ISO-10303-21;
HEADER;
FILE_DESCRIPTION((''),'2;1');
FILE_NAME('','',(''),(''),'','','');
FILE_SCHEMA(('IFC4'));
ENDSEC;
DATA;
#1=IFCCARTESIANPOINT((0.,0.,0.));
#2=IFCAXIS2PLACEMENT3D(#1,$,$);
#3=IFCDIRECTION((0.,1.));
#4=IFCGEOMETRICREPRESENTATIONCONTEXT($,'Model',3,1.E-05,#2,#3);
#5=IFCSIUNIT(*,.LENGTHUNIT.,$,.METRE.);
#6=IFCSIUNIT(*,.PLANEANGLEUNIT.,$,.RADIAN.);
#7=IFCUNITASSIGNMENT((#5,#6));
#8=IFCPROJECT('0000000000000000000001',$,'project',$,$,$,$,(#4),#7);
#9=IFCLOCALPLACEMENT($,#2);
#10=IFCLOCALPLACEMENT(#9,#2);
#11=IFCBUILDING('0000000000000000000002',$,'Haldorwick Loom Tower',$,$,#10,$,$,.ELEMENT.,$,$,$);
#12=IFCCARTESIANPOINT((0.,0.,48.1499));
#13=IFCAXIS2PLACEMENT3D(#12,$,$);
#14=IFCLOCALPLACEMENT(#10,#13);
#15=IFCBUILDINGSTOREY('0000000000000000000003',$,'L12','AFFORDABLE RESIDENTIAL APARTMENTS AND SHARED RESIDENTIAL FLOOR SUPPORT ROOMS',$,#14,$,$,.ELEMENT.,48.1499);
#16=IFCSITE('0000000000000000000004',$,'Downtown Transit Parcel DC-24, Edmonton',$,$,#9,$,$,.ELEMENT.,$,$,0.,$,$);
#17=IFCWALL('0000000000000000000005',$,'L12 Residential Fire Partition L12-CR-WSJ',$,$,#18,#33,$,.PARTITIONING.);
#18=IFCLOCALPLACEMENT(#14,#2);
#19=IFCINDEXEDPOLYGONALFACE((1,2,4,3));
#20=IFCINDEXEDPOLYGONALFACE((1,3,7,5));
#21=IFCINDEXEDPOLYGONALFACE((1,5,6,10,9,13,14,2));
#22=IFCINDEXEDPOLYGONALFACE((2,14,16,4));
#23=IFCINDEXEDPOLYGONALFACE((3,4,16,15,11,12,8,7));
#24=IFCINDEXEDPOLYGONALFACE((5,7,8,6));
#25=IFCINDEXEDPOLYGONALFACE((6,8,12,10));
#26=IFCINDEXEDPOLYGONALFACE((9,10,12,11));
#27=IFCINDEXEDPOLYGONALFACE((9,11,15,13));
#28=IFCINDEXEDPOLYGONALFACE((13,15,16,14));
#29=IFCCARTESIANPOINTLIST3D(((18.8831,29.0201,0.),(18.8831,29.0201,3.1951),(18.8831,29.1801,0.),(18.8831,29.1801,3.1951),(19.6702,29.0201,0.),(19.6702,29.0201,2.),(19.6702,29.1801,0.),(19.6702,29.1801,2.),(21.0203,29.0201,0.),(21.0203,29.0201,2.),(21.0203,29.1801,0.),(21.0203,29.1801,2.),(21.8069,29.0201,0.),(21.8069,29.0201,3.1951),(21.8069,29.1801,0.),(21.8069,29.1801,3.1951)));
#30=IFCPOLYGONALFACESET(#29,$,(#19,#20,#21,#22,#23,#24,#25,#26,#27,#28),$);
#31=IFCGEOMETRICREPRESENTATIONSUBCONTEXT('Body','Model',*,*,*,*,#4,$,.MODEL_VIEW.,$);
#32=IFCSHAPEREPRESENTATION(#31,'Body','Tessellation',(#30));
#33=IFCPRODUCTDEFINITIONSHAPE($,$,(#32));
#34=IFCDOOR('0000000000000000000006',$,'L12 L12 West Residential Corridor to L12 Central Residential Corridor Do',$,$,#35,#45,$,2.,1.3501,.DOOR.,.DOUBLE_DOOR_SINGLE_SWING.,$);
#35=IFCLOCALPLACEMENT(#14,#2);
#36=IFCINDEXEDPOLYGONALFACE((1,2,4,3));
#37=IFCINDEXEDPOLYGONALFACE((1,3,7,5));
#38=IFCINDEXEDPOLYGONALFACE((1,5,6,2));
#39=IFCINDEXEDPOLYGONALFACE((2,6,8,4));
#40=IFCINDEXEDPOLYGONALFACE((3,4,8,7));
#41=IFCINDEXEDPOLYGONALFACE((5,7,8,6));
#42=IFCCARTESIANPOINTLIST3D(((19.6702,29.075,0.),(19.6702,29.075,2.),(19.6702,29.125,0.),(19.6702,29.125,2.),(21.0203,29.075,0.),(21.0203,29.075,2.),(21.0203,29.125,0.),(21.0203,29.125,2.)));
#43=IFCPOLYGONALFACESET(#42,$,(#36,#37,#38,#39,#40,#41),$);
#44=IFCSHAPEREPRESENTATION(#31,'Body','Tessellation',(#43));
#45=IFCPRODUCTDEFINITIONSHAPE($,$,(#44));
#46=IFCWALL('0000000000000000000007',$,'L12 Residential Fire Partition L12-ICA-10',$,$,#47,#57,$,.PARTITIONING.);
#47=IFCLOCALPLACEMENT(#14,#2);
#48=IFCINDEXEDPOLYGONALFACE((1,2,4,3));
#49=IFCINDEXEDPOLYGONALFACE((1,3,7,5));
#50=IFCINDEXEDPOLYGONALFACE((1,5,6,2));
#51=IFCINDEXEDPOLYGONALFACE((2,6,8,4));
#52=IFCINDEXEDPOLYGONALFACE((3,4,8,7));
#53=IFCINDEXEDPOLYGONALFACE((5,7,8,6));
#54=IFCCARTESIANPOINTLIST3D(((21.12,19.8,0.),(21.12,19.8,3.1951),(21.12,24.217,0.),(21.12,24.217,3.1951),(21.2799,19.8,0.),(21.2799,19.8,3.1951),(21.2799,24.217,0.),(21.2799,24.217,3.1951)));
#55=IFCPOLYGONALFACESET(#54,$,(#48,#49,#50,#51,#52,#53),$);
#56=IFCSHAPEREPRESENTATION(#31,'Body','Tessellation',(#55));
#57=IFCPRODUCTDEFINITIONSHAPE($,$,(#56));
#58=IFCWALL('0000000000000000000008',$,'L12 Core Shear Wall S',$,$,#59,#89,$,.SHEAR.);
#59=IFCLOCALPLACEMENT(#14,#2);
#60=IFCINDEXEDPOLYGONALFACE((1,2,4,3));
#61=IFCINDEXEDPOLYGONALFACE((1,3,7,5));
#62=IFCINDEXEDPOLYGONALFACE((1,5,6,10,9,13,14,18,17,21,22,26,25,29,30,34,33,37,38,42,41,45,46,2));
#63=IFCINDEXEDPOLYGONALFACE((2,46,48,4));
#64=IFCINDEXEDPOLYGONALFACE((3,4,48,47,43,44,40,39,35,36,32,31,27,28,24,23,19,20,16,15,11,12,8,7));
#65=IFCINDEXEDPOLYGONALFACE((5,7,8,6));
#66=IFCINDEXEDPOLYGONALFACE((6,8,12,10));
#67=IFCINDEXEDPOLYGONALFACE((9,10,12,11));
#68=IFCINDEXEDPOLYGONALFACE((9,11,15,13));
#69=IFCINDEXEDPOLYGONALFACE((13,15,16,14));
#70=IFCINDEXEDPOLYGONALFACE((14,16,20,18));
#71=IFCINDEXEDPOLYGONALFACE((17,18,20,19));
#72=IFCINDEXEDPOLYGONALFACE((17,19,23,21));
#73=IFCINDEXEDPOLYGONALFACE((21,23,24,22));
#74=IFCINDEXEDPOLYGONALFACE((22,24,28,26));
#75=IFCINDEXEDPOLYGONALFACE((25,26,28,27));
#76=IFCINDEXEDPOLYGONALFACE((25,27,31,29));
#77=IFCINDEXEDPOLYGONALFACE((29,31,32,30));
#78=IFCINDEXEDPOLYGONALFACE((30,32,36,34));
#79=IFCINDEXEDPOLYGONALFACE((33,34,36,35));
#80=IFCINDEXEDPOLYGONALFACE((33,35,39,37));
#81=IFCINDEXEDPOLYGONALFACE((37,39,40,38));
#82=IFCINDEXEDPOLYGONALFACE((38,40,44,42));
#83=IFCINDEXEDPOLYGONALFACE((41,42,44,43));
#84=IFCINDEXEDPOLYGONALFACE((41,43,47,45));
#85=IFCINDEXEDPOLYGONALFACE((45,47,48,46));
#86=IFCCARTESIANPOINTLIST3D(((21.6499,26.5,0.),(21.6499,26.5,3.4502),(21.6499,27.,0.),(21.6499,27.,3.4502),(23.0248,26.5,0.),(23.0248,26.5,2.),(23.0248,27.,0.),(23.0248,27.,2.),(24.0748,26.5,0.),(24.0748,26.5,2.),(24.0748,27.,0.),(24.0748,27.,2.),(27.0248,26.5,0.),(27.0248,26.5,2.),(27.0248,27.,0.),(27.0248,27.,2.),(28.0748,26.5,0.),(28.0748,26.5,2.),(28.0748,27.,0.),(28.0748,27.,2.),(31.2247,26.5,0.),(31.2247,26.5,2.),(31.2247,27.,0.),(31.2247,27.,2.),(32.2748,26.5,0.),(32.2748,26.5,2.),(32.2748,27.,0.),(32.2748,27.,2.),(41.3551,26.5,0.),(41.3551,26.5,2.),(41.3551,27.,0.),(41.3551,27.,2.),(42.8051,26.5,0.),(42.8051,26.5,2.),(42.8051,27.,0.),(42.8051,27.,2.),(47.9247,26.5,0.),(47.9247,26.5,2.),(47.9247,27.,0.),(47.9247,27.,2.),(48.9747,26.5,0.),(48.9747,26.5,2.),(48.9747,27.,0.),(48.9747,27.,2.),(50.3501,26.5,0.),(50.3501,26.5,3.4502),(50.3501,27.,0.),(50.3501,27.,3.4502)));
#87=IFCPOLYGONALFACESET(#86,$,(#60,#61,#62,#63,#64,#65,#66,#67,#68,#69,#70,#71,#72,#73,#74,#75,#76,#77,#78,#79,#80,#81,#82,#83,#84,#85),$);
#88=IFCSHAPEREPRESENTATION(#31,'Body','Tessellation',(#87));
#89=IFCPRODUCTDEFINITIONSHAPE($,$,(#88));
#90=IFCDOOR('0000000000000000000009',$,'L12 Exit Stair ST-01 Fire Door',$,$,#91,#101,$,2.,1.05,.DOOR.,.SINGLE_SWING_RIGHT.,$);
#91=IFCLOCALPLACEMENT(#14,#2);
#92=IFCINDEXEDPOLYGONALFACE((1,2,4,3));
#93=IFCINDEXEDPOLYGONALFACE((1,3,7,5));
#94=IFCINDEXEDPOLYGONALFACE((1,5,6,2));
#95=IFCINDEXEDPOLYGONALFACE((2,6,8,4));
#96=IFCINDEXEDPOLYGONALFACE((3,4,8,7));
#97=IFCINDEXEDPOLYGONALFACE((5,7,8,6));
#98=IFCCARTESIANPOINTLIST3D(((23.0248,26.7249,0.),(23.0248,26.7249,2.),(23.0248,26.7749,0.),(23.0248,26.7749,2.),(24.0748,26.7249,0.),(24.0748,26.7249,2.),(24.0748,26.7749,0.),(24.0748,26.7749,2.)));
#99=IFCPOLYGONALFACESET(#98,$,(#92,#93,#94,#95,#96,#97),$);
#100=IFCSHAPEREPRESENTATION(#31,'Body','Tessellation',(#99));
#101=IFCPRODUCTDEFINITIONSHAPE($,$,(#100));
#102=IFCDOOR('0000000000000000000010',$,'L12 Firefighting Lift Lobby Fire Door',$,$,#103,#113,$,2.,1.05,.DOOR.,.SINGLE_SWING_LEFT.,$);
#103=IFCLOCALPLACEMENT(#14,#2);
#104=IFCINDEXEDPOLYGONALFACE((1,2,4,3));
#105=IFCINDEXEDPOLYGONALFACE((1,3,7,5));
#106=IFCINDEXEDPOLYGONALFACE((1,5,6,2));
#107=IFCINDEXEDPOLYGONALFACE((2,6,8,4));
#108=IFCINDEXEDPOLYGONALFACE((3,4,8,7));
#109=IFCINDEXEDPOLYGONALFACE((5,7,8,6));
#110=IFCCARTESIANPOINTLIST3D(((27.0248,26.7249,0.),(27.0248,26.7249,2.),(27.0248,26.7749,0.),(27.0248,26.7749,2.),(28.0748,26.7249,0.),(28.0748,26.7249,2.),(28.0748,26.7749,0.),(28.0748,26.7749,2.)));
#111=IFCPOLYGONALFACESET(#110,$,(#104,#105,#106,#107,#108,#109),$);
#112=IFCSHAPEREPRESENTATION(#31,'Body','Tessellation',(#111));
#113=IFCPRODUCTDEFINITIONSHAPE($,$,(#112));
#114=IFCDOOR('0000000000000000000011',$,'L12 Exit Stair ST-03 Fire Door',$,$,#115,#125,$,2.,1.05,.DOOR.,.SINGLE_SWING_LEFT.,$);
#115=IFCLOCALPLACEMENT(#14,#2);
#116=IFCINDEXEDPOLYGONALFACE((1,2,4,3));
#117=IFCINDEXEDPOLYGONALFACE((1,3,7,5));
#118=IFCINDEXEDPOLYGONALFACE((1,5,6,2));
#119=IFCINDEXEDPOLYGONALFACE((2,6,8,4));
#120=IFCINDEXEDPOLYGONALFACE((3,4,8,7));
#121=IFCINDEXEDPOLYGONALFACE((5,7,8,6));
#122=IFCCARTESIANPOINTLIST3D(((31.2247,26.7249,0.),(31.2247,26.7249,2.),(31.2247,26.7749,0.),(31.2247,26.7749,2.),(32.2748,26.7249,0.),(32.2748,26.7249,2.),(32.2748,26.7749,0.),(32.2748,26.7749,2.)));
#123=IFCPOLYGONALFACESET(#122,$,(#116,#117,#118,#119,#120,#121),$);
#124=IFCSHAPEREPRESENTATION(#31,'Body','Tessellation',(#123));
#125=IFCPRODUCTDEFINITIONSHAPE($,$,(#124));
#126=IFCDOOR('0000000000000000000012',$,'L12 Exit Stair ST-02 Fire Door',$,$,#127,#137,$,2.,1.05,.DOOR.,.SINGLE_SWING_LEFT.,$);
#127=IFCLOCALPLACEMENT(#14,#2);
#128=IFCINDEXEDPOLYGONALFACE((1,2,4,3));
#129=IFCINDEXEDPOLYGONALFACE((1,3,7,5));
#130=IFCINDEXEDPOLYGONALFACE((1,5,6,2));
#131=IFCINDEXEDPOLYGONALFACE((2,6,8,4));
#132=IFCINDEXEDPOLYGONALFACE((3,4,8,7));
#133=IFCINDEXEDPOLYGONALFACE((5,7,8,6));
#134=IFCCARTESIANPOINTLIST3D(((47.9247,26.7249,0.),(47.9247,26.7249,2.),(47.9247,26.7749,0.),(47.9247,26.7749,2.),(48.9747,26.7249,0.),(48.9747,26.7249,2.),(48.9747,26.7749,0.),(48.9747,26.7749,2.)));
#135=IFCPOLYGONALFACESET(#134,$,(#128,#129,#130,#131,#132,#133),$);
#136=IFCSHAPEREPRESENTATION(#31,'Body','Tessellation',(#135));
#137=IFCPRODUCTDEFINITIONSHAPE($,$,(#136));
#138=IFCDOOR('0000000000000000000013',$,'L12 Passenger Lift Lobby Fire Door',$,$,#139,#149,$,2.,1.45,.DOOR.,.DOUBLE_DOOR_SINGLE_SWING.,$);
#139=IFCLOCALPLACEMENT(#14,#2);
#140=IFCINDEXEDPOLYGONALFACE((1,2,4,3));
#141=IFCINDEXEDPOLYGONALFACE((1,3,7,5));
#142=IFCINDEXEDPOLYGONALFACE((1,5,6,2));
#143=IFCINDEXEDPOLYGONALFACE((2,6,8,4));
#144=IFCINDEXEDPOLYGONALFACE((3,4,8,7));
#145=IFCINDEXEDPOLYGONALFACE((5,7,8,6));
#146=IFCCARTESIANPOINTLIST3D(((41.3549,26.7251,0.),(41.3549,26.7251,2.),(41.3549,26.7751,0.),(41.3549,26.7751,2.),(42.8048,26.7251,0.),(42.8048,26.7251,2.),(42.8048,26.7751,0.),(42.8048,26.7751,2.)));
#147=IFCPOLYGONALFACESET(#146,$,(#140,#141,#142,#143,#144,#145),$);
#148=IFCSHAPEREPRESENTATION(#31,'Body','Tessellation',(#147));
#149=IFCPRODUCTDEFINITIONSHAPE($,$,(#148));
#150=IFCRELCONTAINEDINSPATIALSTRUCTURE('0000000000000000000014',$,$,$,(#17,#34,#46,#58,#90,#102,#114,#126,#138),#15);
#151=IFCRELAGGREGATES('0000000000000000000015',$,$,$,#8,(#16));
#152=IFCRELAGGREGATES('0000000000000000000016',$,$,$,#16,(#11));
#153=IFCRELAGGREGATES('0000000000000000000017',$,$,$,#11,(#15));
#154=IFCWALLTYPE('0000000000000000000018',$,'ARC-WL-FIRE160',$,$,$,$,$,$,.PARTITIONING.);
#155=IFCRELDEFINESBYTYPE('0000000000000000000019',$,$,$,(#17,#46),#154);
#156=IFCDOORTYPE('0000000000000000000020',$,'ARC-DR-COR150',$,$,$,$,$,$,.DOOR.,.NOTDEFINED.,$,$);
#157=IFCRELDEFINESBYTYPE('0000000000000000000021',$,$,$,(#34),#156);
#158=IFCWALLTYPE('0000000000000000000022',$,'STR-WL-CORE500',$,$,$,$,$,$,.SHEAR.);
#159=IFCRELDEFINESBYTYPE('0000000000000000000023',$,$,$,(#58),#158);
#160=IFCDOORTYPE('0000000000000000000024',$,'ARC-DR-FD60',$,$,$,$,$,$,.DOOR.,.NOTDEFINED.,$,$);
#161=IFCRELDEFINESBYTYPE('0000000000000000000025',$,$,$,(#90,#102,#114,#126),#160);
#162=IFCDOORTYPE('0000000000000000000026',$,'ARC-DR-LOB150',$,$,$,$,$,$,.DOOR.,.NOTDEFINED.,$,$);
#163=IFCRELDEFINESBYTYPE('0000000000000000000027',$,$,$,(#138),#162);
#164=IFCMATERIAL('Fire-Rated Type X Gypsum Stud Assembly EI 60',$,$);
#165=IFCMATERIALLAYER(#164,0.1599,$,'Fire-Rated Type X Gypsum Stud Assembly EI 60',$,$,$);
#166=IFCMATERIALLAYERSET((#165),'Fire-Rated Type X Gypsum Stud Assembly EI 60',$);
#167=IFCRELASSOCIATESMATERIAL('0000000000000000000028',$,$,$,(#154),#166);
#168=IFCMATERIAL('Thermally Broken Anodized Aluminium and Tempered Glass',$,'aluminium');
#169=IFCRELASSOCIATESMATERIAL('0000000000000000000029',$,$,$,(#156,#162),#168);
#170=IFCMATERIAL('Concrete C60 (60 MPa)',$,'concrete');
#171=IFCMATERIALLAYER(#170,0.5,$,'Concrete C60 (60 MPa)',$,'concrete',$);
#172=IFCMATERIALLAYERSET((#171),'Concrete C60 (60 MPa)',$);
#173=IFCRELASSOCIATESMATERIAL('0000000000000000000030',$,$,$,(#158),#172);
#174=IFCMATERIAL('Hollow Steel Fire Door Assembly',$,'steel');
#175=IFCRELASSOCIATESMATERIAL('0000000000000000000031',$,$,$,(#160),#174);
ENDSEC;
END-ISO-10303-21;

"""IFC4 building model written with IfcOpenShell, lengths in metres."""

from ifc_helpers import new_model, si_unit, direction, frame, frame_2d, origin, place, context, subcontext, project, spatial, rectangle, extrude, material, layer, layer_set, type_object, element, fill, save


model = new_model("IFC4")

# Units and contexts
model_context = context("Model", 3, precision=1e-05, world=origin(), true_north=direction((0.0, 1.0)))
body_context = subcontext(model_context, "Body", "Model", "MODEL_VIEW")
ifc_project = project(units=[si_unit("LENGTHUNIT", "METRE"), si_unit("PLANEANGLEUNIT", "RADIAN")], contexts=[model_context])

# Site, building, storey
site_placement = place(None, origin())
site = spatial("IfcSite", under=ifc_project, at=site_placement, Name="Downtown Transit Parcel DC-24, Edmonton", CompositionType="ELEMENT", RefElevation=0.0)
building_placement = place(site_placement, origin())
building = spatial("IfcBuilding", under=site, at=building_placement, Name="Haldorwick Loom Tower", CompositionType="ELEMENT")
storey_placement = place(building_placement, frame((0.0, 0.0, 48.1499)))
storey = spatial("IfcBuildingStorey", under=building, at=storey_placement, Name="L12", Description="AFFORDABLE RESIDENTIAL APARTMENTS AND SHARED RESIDENTIAL FLOOR SUPPORT ROOMS", CompositionType="ELEMENT", Elevation=48.1499)

# Shared definitions
ifc_material_1 = material(Name="Concrete C60 (60 MPa)", Category="concrete")

# Wall, opening, door
ifc_material_2 = material(Name="Fire-Rated Type X Gypsum Stud Assembly EI 60")
ifc_layer_1 = layer(ifc_material_2, 0.1599, Name="Fire-Rated Type X Gypsum Stud Assembly EI 60")
ifc_layer_set_1 = layer_set([ifc_layer_1], Name="Fire-Rated Type X Gypsum Stud Assembly EI 60")
wall_type_1 = type_object("IfcWallType", Name="ARC-WL-FIRE160", PredefinedType="PARTITIONING", material=ifc_layer_set_1)
wall_1_placement = place(storey_placement, frame((18.8831, 29.1001, 0.0), z_axis=(0.0, 0.0, 1.0), x_axis=(1.0, 0.0, 0.0)))
wall_1 = element("IfcWall", 1, at=wall_1_placement, inside=storey, type_object=wall_type_1, Name="L12 Residential Fire Partition L12-CR-WSJ", PredefinedType="PARTITIONING", context=body_context, shape_type="SweptSolid", body=[
    extrude(rectangle(XDim=2.9238, YDim=0.1599, at=frame_2d((1.4619, 0.0))), origin(), (0.0, 0.0, 1.0), 3.1951),
])
opening_1_placement = place(wall_1_placement, frame((0.7871, 0.0, 0.0)))
opening_1 = element("IfcOpeningElement", 2, at=opening_1_placement, cuts=wall_1, PredefinedType="OPENING", context=body_context, shape_type="SweptSolid", body=[
    extrude(rectangle(XDim=1.3501, YDim=2.0, at=frame_2d((0.675, 1.0))), frame((0.0, 0.0898, 0.0), z_axis=(0.0, -1.0, 0.0), x_axis=(1.0, 0.0, 0.0)), (0.0, 0.0, 1.0), 0.1799),
])
ifc_material_3 = material(Name="Thermally Broken Anodized Aluminium and Tempered Glass", Category="aluminium")
door_type_1 = type_object("IfcDoorType", Name="ARC-DR-COR150", OperationType="NOTDEFINED", PredefinedType="DOOR", material=ifc_material_3)
door_1_placement = place(opening_1_placement, origin())
door_1 = element("IfcDoor", 3, at=door_1_placement, inside=storey, type_object=door_type_1, Name="L12 L12 West Residential Corridor to L12 Central Residential Corridor Do", OperationType="DOUBLE_DOOR_SINGLE_SWING", OverallHeight=2.0, OverallWidth=1.3501, PredefinedType="DOOR", context=body_context, shape_type="SweptSolid", body=[
    extrude(rectangle(XDim=1.3501, YDim=2.0, at=frame_2d((0.675, 1.0))), frame((0.0, 0.0249, 0.0), z_axis=(0.0, -1.0, 0.0), x_axis=(1.0, 0.0, 0.0)), (0.0, 0.0, 1.0), 0.05),
])
fill(opening_1, door_1)

# Wall
wall_2_placement = place(storey_placement, frame((21.2, 24.217, 0.0), z_axis=(0.0, 0.0, 1.0), x_axis=(0.0, -1.0, 0.0)))
element("IfcWall", 4, at=wall_2_placement, inside=storey, type_object=wall_type_1, Name="L12 Residential Fire Partition L12-ICA-10", PredefinedType="PARTITIONING", context=body_context, shape_type="SweptSolid", body=[
    extrude(rectangle(XDim=4.417, YDim=0.1599, at=frame_2d((2.2085, 0.0))), origin(), (0.0, 0.0, 1.0), 3.1951),
])

# Wall, openings, doors
ifc_layer_2 = layer(ifc_material_1, 0.5, Name="Concrete C60 (60 MPa)", Category="concrete")
ifc_layer_set_2 = layer_set([ifc_layer_2], Name="Concrete C60 (60 MPa)")
wall_type_2 = type_object("IfcWallType", Name="STR-WL-CORE500", PredefinedType="SHEAR", material=ifc_layer_set_2)
wall_3_placement = place(storey_placement, frame((21.6499, 26.75, 0.0), z_axis=(0.0, 0.0, 1.0), x_axis=(1.0, 0.0, 0.0)))
wall_3 = element("IfcWall", 5, at=wall_3_placement, inside=storey, type_object=wall_type_2, Name="L12 Core Shear Wall S", PredefinedType="SHEAR", context=body_context, shape_type="SweptSolid", body=[
    extrude(rectangle(XDim=28.7002, YDim=0.5, at=frame_2d((14.3501, 0.0))), origin(), (0.0, 0.0, 1.0), 3.4502),
])
opening_2_placement = place(wall_3_placement, frame((1.375, 0.0, 0.0)))
opening_2 = element("IfcOpeningElement", 6, at=opening_2_placement, cuts=wall_3, PredefinedType="OPENING", context=body_context, shape_type="SweptSolid", body=[
    extrude(rectangle(XDim=1.05, YDim=2.0, at=frame_2d((0.5249, 1.0))), frame((0.0, 0.26, 0.0), z_axis=(0.0, -1.0, 0.0), x_axis=(1.0, 0.0, 0.0)), (0.0, 0.0, 1.0), 0.52),
])
opening_3_placement = place(wall_3_placement, frame((5.375, 0.0, 0.0)))
opening_3 = element("IfcOpeningElement", 7, at=opening_3_placement, cuts=wall_3, PredefinedType="OPENING", context=body_context, shape_type="SweptSolid", body=[
    extrude(rectangle(XDim=1.05, YDim=2.0, at=frame_2d((0.5249, 1.0))), frame((0.0, 0.26, 0.0), z_axis=(0.0, -1.0, 0.0), x_axis=(1.0, 0.0, 0.0)), (0.0, 0.0, 1.0), 0.52),
])
opening_4_placement = place(wall_3_placement, frame((9.575, 0.0, 0.0)))
opening_4 = element("IfcOpeningElement", 8, at=opening_4_placement, cuts=wall_3, PredefinedType="OPENING", context=body_context, shape_type="SweptSolid", body=[
    extrude(rectangle(XDim=1.05, YDim=2.0, at=frame_2d((0.5249, 1.0))), frame((0.0, 0.26, 0.0), z_axis=(0.0, -1.0, 0.0), x_axis=(1.0, 0.0, 0.0)), (0.0, 0.0, 1.0), 0.52),
])
opening_5_placement = place(wall_3_placement, frame((19.7051, 0.0, 0.0)))
opening_5 = element("IfcOpeningElement", 9, at=opening_5_placement, cuts=wall_3, PredefinedType="OPENING", context=body_context, shape_type="SweptSolid", body=[
    extrude(rectangle(XDim=1.45, YDim=2.0, at=frame_2d((0.7251, 1.0))), frame((0.0, 0.26, 0.0), z_axis=(0.0, -1.0, 0.0), x_axis=(1.0, 0.0, 0.0)), (0.0, 0.0, 1.0), 0.52),
])
opening_6_placement = place(wall_3_placement, frame((26.2749, 0.0, 0.0)))
opening_6 = element("IfcOpeningElement", 10, at=opening_6_placement, cuts=wall_3, PredefinedType="OPENING", context=body_context, shape_type="SweptSolid", body=[
    extrude(rectangle(XDim=1.05, YDim=2.0, at=frame_2d((0.5249, 1.0))), frame((0.0, 0.26, 0.0), z_axis=(0.0, -1.0, 0.0), x_axis=(1.0, 0.0, 0.0)), (0.0, 0.0, 1.0), 0.52),
])
ifc_material_4 = material(Name="Hollow Steel Fire Door Assembly", Category="steel")
door_type_2 = type_object("IfcDoorType", Name="ARC-DR-FD60", OperationType="NOTDEFINED", PredefinedType="DOOR", material=ifc_material_4)
door_2_placement = place(opening_2_placement, origin())
door_2 = element("IfcDoor", 11, at=door_2_placement, inside=storey, type_object=door_type_2, Name="L12 Exit Stair ST-01 Fire Door", OperationType="SINGLE_SWING_RIGHT", OverallHeight=2.0, OverallWidth=1.05, PredefinedType="DOOR", context=body_context, shape_type="SweptSolid", body=[
    extrude(rectangle(XDim=1.05, YDim=2.0, at=frame_2d((0.5249, 1.0))), frame((0.0, 0.0249, 0.0), z_axis=(0.0, -1.0, 0.0), x_axis=(1.0, 0.0, 0.0)), (0.0, 0.0, 1.0), 0.05),
])
fill(opening_2, door_2)
door_3_placement = place(opening_3_placement, origin())
door_3 = element("IfcDoor", 12, at=door_3_placement, inside=storey, type_object=door_type_2, Name="L12 Firefighting Lift Lobby Fire Door", OperationType="SINGLE_SWING_LEFT", OverallHeight=2.0, OverallWidth=1.05, PredefinedType="DOOR", context=body_context, shape_type="SweptSolid", body=[
    extrude(rectangle(XDim=1.05, YDim=2.0, at=frame_2d((0.5249, 1.0))), frame((0.0, 0.0249, 0.0), z_axis=(0.0, -1.0, 0.0), x_axis=(1.0, 0.0, 0.0)), (0.0, 0.0, 1.0), 0.05),
])
fill(opening_3, door_3)
door_4_placement = place(opening_4_placement, origin())
door_4 = element("IfcDoor", 13, at=door_4_placement, inside=storey, type_object=door_type_2, Name="L12 Exit Stair ST-03 Fire Door", OperationType="SINGLE_SWING_LEFT", OverallHeight=2.0, OverallWidth=1.05, PredefinedType="DOOR", context=body_context, shape_type="SweptSolid", body=[
    extrude(rectangle(XDim=1.05, YDim=2.0, at=frame_2d((0.5249, 1.0))), frame((0.0, 0.0249, 0.0), z_axis=(0.0, -1.0, 0.0), x_axis=(1.0, 0.0, 0.0)), (0.0, 0.0, 1.0), 0.05),
])
fill(opening_4, door_4)
door_5_placement = place(opening_6_placement, origin())
door_5 = element("IfcDoor", 14, at=door_5_placement, inside=storey, type_object=door_type_2, Name="L12 Exit Stair ST-02 Fire Door", OperationType="SINGLE_SWING_LEFT", OverallHeight=2.0, OverallWidth=1.05, PredefinedType="DOOR", context=body_context, shape_type="SweptSolid", body=[
    extrude(rectangle(XDim=1.05, YDim=2.0, at=frame_2d((0.5249, 1.0))), frame((0.0, 0.0249, 0.0), z_axis=(0.0, -1.0, 0.0), x_axis=(1.0, 0.0, 0.0)), (0.0, 0.0, 1.0), 0.05),
])
fill(opening_6, door_5)
door_type_3 = type_object("IfcDoorType", Name="ARC-DR-LOB150", OperationType="NOTDEFINED", PredefinedType="DOOR", material=ifc_material_3)
door_6_placement = place(opening_5_placement, frame((1.45, 0.0, 0.0), z_axis=(0.0, 0.0, 1.0), x_axis=(-1.0, 0.0, 0.0)))
door_6 = element("IfcDoor", 15, at=door_6_placement, inside=storey, type_object=door_type_3, Name="L12 Passenger Lift Lobby Fire Door", OperationType="DOUBLE_DOOR_SINGLE_SWING", OverallHeight=2.0, OverallWidth=1.45, PredefinedType="DOOR", context=body_context, shape_type="SweptSolid", body=[
    extrude(rectangle(XDim=1.45, YDim=2.0, at=frame_2d((0.7251, 1.0))), frame((0.0, 0.0249, 0.0), z_axis=(0.0, -1.0, 0.0), x_axis=(1.0, 0.0, 0.0)), (0.0, 0.0, 1.0), 0.05),
])
fill(opening_5, door_6)

save(model, "model.ifc")
